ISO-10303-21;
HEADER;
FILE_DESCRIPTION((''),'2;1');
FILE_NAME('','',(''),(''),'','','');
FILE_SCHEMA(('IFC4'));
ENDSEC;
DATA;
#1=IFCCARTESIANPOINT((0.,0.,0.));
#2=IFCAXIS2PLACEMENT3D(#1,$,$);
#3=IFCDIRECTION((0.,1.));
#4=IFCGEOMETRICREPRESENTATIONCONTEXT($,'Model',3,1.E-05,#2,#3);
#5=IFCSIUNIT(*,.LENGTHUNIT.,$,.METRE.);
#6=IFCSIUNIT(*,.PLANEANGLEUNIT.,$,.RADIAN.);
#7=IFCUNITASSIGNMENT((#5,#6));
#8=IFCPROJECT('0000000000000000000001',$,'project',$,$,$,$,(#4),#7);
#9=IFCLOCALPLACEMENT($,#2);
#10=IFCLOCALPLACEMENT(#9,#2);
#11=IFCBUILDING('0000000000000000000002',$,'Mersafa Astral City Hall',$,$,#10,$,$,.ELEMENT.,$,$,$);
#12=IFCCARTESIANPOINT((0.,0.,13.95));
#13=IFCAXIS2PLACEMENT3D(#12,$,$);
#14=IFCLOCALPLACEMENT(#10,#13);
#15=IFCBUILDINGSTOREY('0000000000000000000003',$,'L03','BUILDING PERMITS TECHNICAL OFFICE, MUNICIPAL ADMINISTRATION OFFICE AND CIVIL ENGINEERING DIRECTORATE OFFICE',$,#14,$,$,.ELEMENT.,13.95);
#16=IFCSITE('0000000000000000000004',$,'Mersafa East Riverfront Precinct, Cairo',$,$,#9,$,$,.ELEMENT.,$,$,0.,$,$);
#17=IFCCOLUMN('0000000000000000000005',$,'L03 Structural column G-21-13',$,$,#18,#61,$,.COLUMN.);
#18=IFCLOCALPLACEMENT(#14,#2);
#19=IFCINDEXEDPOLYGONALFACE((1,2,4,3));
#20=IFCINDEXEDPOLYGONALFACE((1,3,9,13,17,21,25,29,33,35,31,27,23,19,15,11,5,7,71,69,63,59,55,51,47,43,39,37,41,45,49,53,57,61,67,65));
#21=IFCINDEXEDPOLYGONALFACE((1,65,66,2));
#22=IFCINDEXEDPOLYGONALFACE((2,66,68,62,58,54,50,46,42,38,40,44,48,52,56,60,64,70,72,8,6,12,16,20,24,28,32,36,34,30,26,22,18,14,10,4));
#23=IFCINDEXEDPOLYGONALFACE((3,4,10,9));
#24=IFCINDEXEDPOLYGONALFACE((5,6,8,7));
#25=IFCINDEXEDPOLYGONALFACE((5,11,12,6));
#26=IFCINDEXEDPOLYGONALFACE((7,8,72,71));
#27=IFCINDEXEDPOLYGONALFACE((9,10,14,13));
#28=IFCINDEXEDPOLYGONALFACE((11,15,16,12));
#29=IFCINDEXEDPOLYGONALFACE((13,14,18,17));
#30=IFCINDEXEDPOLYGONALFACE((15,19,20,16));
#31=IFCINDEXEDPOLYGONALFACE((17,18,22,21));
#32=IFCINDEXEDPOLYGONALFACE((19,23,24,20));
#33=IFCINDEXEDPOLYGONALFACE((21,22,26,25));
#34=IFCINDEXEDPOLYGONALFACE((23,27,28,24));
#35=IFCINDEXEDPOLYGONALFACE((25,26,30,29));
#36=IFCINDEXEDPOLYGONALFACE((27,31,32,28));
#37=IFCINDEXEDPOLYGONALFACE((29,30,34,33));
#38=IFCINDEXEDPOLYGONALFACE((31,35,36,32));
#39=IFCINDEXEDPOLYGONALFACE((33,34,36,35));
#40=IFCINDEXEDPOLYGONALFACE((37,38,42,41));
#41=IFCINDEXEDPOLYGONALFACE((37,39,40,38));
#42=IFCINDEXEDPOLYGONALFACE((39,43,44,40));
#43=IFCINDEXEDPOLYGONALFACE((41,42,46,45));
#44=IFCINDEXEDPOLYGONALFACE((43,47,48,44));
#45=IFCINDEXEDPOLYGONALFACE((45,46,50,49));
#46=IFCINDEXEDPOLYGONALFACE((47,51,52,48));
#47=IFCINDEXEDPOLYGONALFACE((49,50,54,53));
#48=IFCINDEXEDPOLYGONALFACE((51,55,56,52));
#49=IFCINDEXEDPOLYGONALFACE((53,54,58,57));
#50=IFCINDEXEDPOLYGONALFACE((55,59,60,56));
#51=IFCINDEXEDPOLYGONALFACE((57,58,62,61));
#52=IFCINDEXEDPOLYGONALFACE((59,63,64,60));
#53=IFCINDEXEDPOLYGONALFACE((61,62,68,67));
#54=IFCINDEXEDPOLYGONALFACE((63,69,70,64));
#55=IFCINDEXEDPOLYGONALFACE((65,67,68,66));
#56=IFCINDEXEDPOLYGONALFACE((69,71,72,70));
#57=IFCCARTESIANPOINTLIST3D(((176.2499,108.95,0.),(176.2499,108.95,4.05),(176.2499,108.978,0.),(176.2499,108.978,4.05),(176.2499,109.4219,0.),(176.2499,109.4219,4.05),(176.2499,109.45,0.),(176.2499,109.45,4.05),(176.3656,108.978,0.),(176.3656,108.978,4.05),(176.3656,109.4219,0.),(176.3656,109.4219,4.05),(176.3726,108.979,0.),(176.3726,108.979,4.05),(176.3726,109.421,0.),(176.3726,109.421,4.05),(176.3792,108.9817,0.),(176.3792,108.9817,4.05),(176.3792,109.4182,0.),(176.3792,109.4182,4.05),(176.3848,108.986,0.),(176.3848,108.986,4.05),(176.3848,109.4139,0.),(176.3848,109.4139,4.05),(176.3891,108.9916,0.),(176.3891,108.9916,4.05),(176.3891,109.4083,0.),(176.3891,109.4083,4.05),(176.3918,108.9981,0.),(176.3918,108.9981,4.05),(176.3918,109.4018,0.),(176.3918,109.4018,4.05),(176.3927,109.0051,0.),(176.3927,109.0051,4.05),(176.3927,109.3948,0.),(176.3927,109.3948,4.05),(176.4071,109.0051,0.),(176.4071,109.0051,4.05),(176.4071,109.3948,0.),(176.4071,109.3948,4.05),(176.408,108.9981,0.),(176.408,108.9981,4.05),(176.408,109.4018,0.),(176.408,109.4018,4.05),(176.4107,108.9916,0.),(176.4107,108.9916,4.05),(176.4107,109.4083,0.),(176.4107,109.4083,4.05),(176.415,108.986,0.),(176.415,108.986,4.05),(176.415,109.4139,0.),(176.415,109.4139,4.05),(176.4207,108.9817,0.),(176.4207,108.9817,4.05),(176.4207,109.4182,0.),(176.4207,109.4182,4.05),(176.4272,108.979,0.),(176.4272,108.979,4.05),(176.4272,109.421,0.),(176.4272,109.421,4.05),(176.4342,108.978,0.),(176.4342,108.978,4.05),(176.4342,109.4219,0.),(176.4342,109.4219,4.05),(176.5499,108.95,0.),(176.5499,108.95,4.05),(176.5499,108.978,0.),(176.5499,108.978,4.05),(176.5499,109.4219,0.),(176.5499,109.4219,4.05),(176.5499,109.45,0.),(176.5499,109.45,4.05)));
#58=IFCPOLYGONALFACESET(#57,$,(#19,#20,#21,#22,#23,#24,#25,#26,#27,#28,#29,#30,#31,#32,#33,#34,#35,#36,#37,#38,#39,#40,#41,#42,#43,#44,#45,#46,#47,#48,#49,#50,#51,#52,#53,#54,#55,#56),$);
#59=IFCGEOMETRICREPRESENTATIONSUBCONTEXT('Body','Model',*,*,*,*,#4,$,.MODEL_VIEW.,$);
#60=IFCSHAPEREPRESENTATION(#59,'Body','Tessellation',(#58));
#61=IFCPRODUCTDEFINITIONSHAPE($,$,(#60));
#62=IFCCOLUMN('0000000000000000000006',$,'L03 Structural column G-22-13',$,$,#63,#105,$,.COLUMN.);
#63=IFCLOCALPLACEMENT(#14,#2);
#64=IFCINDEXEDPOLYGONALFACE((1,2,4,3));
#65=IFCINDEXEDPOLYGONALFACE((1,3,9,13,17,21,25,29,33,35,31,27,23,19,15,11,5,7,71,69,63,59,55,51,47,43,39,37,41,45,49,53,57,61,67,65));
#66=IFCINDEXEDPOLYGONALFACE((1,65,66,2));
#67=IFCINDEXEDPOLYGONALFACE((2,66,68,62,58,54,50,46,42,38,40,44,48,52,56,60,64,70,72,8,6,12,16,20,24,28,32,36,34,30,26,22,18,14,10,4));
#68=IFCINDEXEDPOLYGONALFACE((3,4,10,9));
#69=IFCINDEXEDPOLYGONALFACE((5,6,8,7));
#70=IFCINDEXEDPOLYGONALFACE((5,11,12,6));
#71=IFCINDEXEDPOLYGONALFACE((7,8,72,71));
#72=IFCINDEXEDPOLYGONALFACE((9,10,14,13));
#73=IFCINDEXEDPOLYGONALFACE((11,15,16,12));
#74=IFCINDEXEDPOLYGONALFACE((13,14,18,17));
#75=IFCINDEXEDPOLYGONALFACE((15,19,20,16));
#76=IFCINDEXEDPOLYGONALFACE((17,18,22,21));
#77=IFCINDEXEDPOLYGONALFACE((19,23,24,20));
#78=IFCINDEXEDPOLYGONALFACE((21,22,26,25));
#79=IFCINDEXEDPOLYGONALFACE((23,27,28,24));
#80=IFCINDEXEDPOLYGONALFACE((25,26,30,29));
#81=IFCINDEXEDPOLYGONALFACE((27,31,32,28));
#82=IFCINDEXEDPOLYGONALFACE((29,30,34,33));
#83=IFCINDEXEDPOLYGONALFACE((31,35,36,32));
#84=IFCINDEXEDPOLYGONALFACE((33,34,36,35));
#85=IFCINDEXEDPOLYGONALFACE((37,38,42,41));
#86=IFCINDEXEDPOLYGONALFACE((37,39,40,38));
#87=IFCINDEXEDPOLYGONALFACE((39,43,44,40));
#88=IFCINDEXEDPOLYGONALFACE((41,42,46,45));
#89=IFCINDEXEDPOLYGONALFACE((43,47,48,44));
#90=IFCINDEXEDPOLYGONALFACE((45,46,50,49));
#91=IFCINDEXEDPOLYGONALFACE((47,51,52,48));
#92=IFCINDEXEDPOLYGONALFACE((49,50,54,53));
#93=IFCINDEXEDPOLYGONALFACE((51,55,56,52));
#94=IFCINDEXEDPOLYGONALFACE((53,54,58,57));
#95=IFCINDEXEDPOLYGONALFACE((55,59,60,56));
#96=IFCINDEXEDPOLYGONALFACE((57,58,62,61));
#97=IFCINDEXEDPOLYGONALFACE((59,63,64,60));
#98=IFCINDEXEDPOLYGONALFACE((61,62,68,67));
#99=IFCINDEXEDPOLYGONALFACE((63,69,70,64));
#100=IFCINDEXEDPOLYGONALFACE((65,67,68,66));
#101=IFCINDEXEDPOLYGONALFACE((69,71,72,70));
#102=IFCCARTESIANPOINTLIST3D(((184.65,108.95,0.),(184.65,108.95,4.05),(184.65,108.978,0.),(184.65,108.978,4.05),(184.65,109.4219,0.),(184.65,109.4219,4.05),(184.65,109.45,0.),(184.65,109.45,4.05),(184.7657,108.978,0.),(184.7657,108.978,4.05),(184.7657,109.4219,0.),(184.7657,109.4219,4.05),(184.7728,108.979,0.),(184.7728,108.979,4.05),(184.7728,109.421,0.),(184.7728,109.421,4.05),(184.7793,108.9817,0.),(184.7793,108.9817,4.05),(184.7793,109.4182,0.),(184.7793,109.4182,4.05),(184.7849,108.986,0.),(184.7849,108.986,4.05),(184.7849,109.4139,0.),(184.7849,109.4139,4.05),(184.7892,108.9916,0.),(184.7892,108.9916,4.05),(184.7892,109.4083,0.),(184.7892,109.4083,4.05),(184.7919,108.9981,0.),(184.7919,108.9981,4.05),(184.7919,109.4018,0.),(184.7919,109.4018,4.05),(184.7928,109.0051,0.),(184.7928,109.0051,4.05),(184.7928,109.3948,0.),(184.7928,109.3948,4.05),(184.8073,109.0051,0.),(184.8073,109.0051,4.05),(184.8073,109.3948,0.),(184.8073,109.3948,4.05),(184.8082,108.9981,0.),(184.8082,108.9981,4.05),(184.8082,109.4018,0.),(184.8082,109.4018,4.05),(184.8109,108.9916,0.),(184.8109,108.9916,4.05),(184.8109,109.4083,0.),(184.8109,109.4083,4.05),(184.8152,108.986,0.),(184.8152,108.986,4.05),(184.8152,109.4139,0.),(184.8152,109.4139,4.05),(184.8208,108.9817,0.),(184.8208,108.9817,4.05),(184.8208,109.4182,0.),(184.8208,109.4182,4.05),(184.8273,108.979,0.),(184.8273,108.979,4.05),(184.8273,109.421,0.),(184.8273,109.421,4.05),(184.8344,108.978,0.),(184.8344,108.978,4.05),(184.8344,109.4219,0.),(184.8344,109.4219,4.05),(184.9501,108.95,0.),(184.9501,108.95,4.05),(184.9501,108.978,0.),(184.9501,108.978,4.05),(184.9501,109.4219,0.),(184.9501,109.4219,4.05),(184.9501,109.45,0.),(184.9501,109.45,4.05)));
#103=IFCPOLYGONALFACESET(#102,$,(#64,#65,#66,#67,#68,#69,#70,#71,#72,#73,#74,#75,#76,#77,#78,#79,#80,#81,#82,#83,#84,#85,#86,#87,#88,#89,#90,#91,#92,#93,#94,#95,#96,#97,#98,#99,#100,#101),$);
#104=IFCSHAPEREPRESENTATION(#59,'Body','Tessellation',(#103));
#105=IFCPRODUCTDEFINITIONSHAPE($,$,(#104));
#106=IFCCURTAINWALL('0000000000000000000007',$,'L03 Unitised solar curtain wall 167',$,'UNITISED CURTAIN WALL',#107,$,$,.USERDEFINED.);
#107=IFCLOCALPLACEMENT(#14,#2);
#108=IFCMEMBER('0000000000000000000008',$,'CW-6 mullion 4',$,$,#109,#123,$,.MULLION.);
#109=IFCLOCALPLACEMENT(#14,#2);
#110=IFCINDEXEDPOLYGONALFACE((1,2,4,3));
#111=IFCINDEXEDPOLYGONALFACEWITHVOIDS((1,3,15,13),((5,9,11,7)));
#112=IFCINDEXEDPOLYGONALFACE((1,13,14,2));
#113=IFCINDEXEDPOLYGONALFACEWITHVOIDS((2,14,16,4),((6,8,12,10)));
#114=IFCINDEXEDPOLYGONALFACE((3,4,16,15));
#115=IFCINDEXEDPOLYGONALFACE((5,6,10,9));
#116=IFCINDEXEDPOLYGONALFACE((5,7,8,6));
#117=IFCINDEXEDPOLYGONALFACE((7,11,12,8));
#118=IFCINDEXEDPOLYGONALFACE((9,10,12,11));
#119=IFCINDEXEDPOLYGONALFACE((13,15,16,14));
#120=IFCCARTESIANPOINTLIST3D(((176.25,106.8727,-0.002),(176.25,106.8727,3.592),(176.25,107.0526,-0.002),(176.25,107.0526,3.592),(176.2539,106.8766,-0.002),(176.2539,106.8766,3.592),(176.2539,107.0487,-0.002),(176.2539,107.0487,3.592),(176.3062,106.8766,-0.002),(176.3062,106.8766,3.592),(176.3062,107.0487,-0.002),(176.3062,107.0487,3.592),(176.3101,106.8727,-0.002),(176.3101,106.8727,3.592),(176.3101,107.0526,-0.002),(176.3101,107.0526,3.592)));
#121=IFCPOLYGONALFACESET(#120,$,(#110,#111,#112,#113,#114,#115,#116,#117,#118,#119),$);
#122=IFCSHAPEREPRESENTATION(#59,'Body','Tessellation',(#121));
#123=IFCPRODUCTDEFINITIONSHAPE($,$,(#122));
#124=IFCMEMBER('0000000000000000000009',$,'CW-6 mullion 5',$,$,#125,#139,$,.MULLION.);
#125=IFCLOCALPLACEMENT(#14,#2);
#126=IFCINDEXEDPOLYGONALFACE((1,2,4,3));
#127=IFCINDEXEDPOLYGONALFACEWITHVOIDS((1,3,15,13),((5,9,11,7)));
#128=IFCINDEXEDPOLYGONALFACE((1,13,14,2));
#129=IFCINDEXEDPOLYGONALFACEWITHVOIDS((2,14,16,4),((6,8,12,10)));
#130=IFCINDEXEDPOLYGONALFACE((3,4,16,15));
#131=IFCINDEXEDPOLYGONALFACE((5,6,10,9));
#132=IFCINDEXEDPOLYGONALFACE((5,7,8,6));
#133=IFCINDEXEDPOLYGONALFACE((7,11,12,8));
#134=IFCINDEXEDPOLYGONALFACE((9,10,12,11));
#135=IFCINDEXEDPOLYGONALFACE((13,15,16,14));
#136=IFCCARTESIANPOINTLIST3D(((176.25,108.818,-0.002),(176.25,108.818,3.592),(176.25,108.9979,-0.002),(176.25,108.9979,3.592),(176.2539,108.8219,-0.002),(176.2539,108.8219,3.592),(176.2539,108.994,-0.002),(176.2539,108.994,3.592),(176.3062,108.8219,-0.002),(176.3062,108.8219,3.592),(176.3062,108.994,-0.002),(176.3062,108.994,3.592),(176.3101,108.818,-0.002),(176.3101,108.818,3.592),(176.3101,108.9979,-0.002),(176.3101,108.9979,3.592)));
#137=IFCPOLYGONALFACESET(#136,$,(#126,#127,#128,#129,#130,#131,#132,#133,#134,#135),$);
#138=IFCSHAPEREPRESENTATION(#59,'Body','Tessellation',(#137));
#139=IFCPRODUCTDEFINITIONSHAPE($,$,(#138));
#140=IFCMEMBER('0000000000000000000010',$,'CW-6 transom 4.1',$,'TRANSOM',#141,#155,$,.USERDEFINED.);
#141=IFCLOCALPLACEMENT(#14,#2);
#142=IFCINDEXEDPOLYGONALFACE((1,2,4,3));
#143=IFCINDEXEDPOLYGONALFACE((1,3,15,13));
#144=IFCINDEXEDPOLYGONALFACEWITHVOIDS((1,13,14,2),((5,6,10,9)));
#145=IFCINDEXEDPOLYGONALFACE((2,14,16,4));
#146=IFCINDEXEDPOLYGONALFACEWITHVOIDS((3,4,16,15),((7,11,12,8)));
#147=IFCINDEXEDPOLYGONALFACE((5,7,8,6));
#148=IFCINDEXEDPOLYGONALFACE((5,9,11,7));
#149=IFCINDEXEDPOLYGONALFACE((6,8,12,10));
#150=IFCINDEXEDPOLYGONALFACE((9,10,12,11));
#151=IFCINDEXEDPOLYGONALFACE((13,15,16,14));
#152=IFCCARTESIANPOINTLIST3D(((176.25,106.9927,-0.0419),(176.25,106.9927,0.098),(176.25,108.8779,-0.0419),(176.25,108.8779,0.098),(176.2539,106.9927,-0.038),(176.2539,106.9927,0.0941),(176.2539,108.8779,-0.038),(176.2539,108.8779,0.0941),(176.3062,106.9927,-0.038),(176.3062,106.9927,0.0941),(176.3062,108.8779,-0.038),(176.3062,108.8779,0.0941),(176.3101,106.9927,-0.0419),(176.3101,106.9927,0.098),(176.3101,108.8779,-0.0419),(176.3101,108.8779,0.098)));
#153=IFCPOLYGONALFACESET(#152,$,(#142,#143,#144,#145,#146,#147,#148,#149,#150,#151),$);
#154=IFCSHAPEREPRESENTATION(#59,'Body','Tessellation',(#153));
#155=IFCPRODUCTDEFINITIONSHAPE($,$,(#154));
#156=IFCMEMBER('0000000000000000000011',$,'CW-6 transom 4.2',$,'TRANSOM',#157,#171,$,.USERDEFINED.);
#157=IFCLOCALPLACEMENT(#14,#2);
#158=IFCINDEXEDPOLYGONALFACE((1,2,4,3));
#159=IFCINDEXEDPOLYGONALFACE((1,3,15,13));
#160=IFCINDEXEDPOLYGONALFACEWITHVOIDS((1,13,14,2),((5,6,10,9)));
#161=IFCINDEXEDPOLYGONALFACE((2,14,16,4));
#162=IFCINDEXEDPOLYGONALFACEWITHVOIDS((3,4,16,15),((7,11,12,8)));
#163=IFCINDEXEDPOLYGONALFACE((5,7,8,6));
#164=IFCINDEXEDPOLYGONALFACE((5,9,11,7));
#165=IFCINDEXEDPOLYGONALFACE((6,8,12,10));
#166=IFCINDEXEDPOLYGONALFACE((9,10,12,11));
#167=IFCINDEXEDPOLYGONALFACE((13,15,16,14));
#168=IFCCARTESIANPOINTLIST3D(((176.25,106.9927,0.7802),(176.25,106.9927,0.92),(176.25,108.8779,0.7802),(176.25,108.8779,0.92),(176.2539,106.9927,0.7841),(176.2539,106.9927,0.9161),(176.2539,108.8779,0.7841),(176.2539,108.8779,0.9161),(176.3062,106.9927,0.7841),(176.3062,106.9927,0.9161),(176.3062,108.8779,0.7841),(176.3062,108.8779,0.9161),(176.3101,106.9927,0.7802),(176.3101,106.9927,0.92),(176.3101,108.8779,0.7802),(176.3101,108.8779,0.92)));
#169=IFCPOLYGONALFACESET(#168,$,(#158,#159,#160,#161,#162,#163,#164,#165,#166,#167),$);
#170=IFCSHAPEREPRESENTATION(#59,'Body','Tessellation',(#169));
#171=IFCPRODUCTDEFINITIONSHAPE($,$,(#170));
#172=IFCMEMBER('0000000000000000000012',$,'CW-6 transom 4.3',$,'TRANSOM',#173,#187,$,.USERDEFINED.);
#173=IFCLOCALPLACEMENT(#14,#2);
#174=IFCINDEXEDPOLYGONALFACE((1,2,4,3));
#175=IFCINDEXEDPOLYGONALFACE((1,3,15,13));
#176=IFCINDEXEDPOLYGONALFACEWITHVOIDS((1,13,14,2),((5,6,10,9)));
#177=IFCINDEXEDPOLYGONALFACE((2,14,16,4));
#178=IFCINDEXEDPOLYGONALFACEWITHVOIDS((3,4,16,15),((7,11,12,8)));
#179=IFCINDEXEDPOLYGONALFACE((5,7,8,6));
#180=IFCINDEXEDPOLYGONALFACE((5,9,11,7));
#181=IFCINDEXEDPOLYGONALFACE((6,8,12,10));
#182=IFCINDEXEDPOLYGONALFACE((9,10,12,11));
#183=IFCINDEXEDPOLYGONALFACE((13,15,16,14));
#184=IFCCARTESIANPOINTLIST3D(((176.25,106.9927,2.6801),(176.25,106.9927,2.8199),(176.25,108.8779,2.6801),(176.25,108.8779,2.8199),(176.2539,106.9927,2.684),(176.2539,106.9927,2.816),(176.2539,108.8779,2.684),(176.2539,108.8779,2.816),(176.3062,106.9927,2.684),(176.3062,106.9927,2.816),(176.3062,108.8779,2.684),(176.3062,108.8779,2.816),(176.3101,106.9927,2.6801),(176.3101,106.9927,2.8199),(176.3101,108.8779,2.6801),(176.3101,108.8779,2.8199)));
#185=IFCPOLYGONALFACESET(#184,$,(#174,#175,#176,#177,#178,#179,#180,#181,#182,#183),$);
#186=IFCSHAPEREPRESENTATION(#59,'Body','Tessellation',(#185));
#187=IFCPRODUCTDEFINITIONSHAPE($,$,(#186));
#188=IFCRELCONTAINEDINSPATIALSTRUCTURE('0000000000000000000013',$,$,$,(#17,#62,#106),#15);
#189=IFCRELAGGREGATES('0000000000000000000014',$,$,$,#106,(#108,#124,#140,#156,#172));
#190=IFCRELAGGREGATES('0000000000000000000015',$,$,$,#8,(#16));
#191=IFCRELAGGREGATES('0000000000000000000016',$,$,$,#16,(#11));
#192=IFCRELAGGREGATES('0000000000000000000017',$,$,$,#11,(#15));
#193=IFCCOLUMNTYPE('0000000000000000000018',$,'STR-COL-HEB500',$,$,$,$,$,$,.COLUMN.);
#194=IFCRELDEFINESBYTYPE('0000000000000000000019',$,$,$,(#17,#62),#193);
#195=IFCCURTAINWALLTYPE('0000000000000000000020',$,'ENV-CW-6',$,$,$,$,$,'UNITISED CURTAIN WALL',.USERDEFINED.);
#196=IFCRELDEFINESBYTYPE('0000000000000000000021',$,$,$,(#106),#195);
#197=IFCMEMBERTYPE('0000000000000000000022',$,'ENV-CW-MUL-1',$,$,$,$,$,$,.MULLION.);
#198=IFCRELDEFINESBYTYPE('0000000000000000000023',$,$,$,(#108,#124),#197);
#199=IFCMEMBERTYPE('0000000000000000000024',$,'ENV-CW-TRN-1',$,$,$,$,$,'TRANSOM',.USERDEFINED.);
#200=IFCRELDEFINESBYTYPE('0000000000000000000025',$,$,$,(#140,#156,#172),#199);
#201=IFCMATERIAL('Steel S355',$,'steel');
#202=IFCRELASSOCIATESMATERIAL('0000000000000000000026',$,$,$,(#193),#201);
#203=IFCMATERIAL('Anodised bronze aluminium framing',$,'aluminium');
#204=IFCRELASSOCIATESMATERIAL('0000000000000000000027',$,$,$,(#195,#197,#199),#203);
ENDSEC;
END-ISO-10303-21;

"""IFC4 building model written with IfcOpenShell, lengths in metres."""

from ifc_helpers import new_model, si_unit, direction, frame, origin, origin_2d, place, context, subcontext, project, spatial, hollow_rectangle, i_section, extrude, material, material_profile, profile_set, type_object, element, aggregate, save


model = new_model("IFC4")

# Units and contexts
model_context = context("Model", 3, precision=1e-05, world=origin(), true_north=direction((0.0, 1.0)))
body_context = subcontext(model_context, "Body", "Model", "MODEL_VIEW")
ifc_project = project(units=[si_unit("LENGTHUNIT", "METRE"), si_unit("PLANEANGLEUNIT", "RADIAN")], contexts=[model_context])

# Site, building, storey
site_placement = place(None, origin())
site = spatial("IfcSite", under=ifc_project, at=site_placement, Name="Mersafa East Riverfront Precinct, Cairo", CompositionType="ELEMENT", RefElevation=0.0)
building_placement = place(site_placement, origin())
building = spatial("IfcBuilding", under=site, at=building_placement, Name="Mersafa Astral City Hall", CompositionType="ELEMENT")
storey_placement = place(building_placement, frame((0.0, 0.0, 13.95)))
storey = spatial("IfcBuildingStorey", under=building, at=storey_placement, Name="L03", Description="BUILDING PERMITS TECHNICAL OFFICE, MUNICIPAL ADMINISTRATION OFFICE AND CIVIL ENGINEERING DIRECTORATE OFFICE", CompositionType="ELEMENT", Elevation=13.95)

# Columns
ifc_material_1 = material(Name="Steel S355", Category="steel")
ifc_material_profile_1 = material_profile(ifc_material_1, i_section(OverallWidth=0.3, OverallDepth=0.5, WebThickness=0.0144, FlangeThickness=0.0281, FilletRadius=0.0271, at=origin_2d()), Name="HEB 500")
ifc_profile_set_1 = profile_set([ifc_material_profile_1], Name="Steel S355")
column_type = type_object("IfcColumnType", Name="STR-COL-HEB500", PredefinedType="COLUMN", material=ifc_profile_set_1)
for number, where, z_axis, x_axis, name in (
    (1, (176.3999, 109.2, 0.0), (0.0, 0.0, 1.0), (1.0, 0.0, 0.0), "L03 Structural column G-21-13"),
    (2, (184.8, 109.2, 0.0), (0.0, 0.0, 1.0), (1.0, 0.0, 0.0), "L03 Structural column G-22-13"),
):
    element("IfcColumn", number, at=place(storey_placement, frame(where, z_axis=z_axis, x_axis=x_axis)), inside=storey, type_object=column_type, Name=name, PredefinedType="COLUMN", context=body_context, shape_type="SweptSolid", body=[
        extrude(i_section(OverallWidth=0.3, OverallDepth=0.5, WebThickness=0.0144, FlangeThickness=0.0281, FilletRadius=0.0271, at=origin_2d()), origin(), (0.0, 0.0, 1.0), 4.05),
    ])

# Curtain wall, members
ifc_material_2 = material(Name="Anodised bronze aluminium framing", Category="aluminium")
curtain_wall_type = type_object("IfcCurtainWallType", Name="ENV-CW-6", ElementType="UNITISED CURTAIN WALL", PredefinedType="USERDEFINED", material=ifc_material_2)
curtain_wall_placement = place(storey_placement, origin())
curtain_wall = element("IfcCurtainWall", 3, at=curtain_wall_placement, inside=storey, type_object=curtain_wall_type, Name="L03 Unitised solar curtain wall 167", ObjectType="UNITISED CURTAIN WALL", PredefinedType="USERDEFINED")
ifc_material_profile_2 = material_profile(ifc_material_2, hollow_rectangle(XDim=0.0601, YDim=0.1799, WallThickness=0.0039, at=origin_2d()), Name="RHS 60x180x4")
ifc_profile_set_2 = profile_set([ifc_material_profile_2], Name="Anodised bronze aluminium framing")
member_type_1 = type_object("IfcMemberType", Name="ENV-CW-MUL-1", PredefinedType="MULLION", material=ifc_profile_set_2)
member_1_placement = place(storey_placement, frame((176.28, 106.9626, -0.002), z_axis=(0.0, 0.0, 1.0), x_axis=(-1.0, 0.0, 0.0)))
member_1 = element("IfcMember", 4, at=member_1_placement, type_object=member_type_1, Name="CW-6 mullion 4", PredefinedType="MULLION", context=body_context, shape_type="SweptSolid", body=[
    extrude(hollow_rectangle(XDim=0.0601, YDim=0.1799, WallThickness=0.0039, at=origin_2d()), origin(), (0.0, 0.0, 1.0), 3.594),
])
member_2_placement = place(storey_placement, frame((176.28, 108.908, -0.002), z_axis=(0.0, 0.0, 1.0), x_axis=(-1.0, 0.0, 0.0)))
member_2 = element("IfcMember", 5, at=member_2_placement, type_object=member_type_1, Name="CW-6 mullion 5", PredefinedType="MULLION", context=body_context, shape_type="SweptSolid", body=[
    extrude(hollow_rectangle(XDim=0.0601, YDim=0.1799, WallThickness=0.0039, at=origin_2d()), origin(), (0.0, 0.0, 1.0), 3.594),
])
ifc_material_profile_3 = material_profile(ifc_material_2, hollow_rectangle(XDim=0.0601, YDim=0.1399, WallThickness=0.0039, at=origin_2d()), Name="RHS 60x140x4")
ifc_profile_set_3 = profile_set([ifc_material_profile_3], Name="Anodised bronze aluminium framing")
member_type_2 = type_object("IfcMemberType", Name="ENV-CW-TRN-1", ElementType="TRANSOM", PredefinedType="USERDEFINED", material=ifc_profile_set_3)
member_3_placement = place(storey_placement, frame((176.28, 106.9927, 0.0281), z_axis=(0.0, 1.0, 0.0), x_axis=(-1.0, 0.0, 0.0)))
member_3 = element("IfcMember", 6, at=member_3_placement, type_object=member_type_2, Name="CW-6 transom 4.1", ObjectType="TRANSOM", PredefinedType="USERDEFINED", context=body_context, shape_type="SweptSolid", body=[
    extrude(hollow_rectangle(XDim=0.0601, YDim=0.1399, WallThickness=0.0039, at=origin_2d()), origin(), (0.0, 0.0, 1.0), 1.8853),
])
member_4_placement = place(storey_placement, frame((176.28, 106.9927, 0.8501), z_axis=(0.0, 1.0, 0.0), x_axis=(-1.0, 0.0, 0.0)))
member_4 = element("IfcMember", 7, at=member_4_placement, type_object=member_type_2, Name="CW-6 transom 4.2", ObjectType="TRANSOM", PredefinedType="USERDEFINED", context=body_context, shape_type="SweptSolid", body=[
    extrude(hollow_rectangle(XDim=0.0601, YDim=0.1399, WallThickness=0.0039, at=origin_2d()), origin(), (0.0, 0.0, 1.0), 1.8853),
])
member_5_placement = place(storey_placement, frame((176.28, 106.9927, 2.75), z_axis=(0.0, 1.0, 0.0), x_axis=(-1.0, 0.0, 0.0)))
member_5 = element("IfcMember", 8, at=member_5_placement, type_object=member_type_2, Name="CW-6 transom 4.3", ObjectType="TRANSOM", PredefinedType="USERDEFINED", context=body_context, shape_type="SweptSolid", body=[
    extrude(hollow_rectangle(XDim=0.0601, YDim=0.1399, WallThickness=0.0039, at=origin_2d()), origin(), (0.0, 0.0, 1.0), 1.8853),
])

aggregate(curtain_wall, [member_1, member_2, member_3, member_4, member_5])

save(model, "model.ifc")
